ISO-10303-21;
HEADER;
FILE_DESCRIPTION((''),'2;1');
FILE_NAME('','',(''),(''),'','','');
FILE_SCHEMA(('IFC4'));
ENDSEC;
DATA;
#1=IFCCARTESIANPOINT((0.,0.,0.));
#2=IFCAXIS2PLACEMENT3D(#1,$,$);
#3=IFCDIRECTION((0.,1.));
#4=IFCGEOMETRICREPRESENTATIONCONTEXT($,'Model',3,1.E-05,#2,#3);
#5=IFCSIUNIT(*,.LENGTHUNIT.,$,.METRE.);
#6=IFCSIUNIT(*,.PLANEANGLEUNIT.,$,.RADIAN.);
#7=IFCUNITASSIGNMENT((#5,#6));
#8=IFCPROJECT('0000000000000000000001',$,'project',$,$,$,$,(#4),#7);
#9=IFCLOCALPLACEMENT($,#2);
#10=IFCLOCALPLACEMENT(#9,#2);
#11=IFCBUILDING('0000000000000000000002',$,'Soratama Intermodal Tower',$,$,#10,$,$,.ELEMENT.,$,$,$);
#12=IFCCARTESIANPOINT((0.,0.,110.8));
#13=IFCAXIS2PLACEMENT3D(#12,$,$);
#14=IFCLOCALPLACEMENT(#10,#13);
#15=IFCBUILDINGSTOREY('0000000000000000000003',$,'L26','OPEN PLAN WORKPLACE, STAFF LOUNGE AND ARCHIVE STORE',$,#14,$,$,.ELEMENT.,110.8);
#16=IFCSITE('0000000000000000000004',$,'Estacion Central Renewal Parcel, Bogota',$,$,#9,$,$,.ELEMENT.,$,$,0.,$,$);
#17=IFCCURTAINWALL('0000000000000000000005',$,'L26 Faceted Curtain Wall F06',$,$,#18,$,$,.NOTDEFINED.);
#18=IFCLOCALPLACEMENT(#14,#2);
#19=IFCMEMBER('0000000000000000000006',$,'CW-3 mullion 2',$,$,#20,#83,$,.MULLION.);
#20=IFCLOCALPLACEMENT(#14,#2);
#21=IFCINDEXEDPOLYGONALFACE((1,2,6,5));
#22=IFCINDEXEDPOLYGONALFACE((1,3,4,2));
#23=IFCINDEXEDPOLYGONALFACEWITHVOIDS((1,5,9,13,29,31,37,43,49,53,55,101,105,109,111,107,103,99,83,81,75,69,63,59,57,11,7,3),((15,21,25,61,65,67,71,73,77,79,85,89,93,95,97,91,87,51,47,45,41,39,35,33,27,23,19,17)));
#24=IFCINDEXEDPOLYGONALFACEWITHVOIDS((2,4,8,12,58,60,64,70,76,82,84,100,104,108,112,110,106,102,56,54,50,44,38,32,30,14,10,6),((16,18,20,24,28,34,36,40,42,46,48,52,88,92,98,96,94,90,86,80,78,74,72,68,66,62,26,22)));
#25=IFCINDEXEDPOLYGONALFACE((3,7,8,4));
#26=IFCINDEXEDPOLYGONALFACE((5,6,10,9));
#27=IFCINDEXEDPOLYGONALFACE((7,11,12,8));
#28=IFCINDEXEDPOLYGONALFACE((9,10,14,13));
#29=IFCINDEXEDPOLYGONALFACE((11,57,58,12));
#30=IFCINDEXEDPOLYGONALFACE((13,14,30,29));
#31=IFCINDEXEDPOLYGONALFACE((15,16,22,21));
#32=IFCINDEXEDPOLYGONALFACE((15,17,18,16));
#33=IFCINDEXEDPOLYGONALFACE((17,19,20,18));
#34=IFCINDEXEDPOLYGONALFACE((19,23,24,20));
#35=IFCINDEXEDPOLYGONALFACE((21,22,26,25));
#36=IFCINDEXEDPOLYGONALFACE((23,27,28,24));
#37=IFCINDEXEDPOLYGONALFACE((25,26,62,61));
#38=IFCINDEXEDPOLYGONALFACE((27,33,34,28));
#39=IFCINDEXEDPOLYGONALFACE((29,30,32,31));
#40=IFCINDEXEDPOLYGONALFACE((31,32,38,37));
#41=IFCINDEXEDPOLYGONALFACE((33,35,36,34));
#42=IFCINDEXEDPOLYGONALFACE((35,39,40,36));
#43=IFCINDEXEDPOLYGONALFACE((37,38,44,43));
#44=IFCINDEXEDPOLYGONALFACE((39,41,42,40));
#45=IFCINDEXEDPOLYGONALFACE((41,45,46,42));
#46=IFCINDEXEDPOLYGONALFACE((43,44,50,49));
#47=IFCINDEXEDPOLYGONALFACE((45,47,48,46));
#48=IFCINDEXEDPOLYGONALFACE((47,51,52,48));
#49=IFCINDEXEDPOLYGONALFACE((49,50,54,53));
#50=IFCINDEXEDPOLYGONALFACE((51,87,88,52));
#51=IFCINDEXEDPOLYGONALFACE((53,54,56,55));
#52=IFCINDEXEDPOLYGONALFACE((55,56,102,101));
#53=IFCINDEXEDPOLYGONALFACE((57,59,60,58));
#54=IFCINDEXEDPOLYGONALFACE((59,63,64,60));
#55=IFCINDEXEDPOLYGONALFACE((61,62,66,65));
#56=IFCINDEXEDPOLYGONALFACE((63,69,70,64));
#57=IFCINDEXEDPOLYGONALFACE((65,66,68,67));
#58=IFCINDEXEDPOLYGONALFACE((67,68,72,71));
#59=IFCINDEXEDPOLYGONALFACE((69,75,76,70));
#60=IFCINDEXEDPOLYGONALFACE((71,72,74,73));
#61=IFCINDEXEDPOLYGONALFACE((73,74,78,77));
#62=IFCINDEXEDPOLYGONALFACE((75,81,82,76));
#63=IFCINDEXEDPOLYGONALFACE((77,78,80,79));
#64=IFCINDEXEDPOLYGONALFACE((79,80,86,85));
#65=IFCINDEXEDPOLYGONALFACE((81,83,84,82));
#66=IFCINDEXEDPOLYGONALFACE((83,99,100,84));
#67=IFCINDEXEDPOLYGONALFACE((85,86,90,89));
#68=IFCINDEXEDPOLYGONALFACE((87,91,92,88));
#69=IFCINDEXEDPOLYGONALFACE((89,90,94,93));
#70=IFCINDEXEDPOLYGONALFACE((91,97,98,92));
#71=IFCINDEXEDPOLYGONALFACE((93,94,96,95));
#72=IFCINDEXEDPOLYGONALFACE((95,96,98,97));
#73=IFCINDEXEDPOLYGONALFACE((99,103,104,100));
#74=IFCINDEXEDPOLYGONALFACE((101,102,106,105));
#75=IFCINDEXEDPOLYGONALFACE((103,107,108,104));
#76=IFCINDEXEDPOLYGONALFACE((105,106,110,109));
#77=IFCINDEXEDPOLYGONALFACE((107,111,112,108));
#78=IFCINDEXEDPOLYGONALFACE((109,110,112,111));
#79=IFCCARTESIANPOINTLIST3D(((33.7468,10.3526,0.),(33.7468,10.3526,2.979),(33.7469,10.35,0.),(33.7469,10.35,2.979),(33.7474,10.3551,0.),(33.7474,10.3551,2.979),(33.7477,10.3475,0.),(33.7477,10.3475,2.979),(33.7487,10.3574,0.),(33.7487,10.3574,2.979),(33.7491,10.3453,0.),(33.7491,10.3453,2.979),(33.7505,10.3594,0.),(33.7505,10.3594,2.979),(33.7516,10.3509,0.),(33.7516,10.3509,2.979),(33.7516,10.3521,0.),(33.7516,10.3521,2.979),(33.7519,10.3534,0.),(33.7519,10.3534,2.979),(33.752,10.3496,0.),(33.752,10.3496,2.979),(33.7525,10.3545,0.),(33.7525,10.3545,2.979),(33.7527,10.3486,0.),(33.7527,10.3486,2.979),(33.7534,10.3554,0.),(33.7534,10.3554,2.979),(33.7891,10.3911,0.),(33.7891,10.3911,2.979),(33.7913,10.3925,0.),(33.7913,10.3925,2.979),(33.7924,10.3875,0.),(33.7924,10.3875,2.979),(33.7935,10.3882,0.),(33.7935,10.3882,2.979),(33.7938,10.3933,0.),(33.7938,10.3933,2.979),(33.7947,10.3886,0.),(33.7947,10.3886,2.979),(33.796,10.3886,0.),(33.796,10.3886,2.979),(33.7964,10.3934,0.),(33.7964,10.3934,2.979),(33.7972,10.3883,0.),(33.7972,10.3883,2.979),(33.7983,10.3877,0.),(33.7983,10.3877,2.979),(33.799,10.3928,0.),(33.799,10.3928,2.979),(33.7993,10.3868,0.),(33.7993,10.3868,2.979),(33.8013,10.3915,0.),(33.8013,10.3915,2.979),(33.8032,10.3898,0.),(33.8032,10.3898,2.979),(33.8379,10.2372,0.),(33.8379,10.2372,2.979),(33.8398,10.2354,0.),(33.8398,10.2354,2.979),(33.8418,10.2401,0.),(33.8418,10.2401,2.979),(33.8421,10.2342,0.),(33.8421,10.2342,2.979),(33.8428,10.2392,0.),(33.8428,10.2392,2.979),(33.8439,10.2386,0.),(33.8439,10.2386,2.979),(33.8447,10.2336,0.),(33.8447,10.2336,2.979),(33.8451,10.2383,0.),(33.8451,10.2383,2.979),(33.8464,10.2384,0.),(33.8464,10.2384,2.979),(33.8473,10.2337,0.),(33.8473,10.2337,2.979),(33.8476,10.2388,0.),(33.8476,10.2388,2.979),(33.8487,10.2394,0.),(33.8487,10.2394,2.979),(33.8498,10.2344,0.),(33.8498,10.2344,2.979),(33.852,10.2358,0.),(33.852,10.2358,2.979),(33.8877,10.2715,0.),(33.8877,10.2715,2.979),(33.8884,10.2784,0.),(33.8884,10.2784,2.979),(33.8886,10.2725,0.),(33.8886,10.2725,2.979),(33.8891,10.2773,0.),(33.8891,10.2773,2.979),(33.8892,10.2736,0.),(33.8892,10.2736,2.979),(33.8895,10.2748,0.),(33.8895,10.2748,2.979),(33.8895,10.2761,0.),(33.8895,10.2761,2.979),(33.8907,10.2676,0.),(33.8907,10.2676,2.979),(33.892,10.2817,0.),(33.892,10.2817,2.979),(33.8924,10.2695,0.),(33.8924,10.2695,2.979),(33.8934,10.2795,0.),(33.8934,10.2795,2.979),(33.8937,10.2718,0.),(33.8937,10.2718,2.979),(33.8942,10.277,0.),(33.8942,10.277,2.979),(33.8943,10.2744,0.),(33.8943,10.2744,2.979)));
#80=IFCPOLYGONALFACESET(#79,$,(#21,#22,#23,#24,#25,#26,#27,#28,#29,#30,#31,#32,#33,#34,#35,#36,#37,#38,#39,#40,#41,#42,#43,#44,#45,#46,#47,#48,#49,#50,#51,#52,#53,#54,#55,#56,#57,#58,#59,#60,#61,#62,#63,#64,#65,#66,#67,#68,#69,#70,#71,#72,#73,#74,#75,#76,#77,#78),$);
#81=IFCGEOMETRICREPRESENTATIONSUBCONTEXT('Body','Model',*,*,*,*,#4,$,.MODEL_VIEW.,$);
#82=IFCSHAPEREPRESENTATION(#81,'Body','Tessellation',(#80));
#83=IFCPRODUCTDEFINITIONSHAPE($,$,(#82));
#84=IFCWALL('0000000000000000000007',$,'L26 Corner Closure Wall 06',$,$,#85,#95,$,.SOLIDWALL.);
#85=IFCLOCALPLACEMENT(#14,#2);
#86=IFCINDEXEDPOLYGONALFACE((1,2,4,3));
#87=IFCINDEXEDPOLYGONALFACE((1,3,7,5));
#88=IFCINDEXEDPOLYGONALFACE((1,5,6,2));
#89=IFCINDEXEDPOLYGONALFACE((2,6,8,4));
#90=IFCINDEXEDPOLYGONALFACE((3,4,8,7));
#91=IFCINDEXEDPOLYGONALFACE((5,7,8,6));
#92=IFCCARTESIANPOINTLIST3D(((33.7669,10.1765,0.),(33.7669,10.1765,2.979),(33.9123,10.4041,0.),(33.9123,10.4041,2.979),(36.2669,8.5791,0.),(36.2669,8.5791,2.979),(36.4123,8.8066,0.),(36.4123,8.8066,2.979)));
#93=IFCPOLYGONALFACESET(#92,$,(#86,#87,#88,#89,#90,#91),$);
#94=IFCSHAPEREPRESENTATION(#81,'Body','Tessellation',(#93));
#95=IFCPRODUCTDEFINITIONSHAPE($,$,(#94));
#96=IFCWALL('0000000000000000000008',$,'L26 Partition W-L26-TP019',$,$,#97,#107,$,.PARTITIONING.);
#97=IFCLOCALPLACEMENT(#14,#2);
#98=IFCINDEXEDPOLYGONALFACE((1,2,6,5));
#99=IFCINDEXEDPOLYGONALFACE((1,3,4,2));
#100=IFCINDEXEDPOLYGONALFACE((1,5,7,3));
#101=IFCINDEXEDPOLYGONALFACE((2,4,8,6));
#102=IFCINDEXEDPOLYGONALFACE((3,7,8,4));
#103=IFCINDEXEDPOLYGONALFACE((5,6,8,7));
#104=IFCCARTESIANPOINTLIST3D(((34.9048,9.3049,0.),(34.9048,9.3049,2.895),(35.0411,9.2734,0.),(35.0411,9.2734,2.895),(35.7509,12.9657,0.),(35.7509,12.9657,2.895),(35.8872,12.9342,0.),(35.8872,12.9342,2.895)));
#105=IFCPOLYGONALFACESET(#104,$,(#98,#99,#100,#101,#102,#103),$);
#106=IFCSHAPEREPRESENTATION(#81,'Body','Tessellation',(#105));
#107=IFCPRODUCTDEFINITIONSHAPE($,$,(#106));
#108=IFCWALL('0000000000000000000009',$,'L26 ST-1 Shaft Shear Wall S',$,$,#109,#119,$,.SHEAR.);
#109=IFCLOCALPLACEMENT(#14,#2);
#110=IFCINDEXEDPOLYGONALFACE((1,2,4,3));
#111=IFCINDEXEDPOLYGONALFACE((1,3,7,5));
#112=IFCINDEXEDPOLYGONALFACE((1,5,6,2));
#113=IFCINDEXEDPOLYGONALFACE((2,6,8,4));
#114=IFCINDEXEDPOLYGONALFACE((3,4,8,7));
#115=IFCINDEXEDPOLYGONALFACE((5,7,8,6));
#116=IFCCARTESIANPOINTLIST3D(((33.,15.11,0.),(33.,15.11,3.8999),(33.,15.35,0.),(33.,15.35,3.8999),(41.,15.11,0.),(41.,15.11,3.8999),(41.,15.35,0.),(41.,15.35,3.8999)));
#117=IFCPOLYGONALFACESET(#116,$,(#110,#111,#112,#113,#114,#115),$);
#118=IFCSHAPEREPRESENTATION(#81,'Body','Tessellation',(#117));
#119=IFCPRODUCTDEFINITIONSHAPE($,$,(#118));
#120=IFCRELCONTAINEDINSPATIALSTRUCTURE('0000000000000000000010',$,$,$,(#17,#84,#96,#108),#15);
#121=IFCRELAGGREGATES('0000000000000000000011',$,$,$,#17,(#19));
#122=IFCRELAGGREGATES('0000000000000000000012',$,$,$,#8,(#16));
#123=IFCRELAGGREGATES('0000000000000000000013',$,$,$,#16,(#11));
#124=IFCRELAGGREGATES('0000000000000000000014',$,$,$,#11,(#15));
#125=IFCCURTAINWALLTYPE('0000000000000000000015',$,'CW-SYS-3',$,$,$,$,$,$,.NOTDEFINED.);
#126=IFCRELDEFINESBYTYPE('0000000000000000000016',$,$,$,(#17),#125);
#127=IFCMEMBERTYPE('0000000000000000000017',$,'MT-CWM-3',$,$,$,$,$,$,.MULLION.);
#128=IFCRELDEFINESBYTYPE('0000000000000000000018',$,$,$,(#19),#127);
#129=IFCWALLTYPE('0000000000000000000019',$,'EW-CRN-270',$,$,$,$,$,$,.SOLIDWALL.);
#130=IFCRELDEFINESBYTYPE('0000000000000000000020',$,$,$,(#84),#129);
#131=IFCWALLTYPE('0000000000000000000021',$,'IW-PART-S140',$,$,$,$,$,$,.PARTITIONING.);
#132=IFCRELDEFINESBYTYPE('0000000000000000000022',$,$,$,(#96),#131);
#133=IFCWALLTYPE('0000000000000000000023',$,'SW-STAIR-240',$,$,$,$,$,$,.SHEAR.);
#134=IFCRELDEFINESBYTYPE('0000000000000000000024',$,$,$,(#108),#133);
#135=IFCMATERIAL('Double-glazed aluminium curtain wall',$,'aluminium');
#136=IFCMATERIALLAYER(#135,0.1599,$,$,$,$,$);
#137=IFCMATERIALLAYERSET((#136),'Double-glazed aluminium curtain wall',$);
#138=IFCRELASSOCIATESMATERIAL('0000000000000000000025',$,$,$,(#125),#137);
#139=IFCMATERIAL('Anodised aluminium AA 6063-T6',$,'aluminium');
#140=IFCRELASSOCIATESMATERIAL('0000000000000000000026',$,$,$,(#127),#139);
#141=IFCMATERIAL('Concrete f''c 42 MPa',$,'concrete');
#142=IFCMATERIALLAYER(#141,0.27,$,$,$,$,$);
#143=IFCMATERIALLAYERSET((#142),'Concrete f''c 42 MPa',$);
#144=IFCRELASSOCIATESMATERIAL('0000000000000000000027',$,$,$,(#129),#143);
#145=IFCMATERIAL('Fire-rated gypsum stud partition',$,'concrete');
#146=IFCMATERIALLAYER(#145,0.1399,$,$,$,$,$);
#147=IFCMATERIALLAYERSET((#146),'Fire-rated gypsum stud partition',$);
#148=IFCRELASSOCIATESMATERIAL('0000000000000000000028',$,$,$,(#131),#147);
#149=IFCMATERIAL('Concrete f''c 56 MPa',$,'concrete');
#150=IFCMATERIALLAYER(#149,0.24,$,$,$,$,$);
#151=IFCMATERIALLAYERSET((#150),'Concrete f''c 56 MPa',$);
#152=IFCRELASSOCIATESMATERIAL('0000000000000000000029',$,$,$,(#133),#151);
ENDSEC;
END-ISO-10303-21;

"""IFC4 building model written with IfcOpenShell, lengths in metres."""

from ifc_helpers import new_model, si_unit, direction, frame, frame_2d, origin, origin_2d, place, context, subcontext, project, spatial, rectangle, hollow_rectangle, extrude, material, layer, layer_set, material_profile, profile_set, type_object, element, aggregate, save


model = new_model("IFC4")

# Units and contexts
model_context = context("Model", 3, precision=1e-05, world=origin(), true_north=direction((0.0, 1.0)))
body_context = subcontext(model_context, "Body", "Model", "MODEL_VIEW")
ifc_project = project(units=[si_unit("LENGTHUNIT", "METRE"), si_unit("PLANEANGLEUNIT", "RADIAN")], contexts=[model_context])

# Site, building, storey
site_placement = place(None, origin())
site = spatial("IfcSite", under=ifc_project, at=site_placement, Name="Estacion Central Renewal Parcel, Bogota", CompositionType="ELEMENT", RefElevation=0.0)
building_placement = place(site_placement, origin())
building = spatial("IfcBuilding", under=site, at=building_placement, Name="Soratama Intermodal Tower", CompositionType="ELEMENT")
storey_placement = place(building_placement, frame((0.0, 0.0, 110.8)))
storey = spatial("IfcBuildingStorey", under=building, at=storey_placement, Name="L26", Description="OPEN PLAN WORKPLACE, STAFF LOUNGE AND ARCHIVE STORE", CompositionType="ELEMENT", Elevation=110.8)

# Curtain wall, member
ifc_material_1 = material(Name="Double-glazed aluminium curtain wall", Category="aluminium")
ifc_layer_1 = layer(ifc_material_1, 0.1599)
ifc_layer_set_1 = layer_set([ifc_layer_1], Name="Double-glazed aluminium curtain wall")
curtain_wall_type = type_object("IfcCurtainWallType", Name="CW-SYS-3", PredefinedType="NOTDEFINED", material=ifc_layer_set_1)
curtain_wall_placement = place(storey_placement, origin())
curtain_wall = element("IfcCurtainWall", 1, at=curtain_wall_placement, inside=storey, type_object=curtain_wall_type, Name="L26 Faceted Curtain Wall F06", PredefinedType="NOTDEFINED")
ifc_material_2 = material(Name="Anodised aluminium AA 6063-T6", Category="aluminium")
ifc_material_profile_1 = material_profile(ifc_material_2, hollow_rectangle(XDim=0.0701, YDim=0.1599, WallThickness=0.0049, InnerFilletRadius=0.0049, OuterFilletRadius=0.01, at=origin_2d()), Name="CWM160X70X5")
ifc_profile_set_1 = profile_set([ifc_material_profile_1], Name="Anodised aluminium AA 6063-T6")
member_type = type_object("IfcMemberType", Name="MT-CWM-3", PredefinedType="MULLION", material=ifc_profile_set_1)
member_placement = place(storey_placement, frame((33.8206, 10.3135, 0.0), z_axis=(0.0, 0.0, 1.0), x_axis=(0.772513, 0.634998, 0.0)))
member = element("IfcMember", 2, at=member_placement, type_object=member_type, Name="CW-3 mullion 2", PredefinedType="MULLION", context=body_context, shape_type="SweptSolid", body=[
    extrude(hollow_rectangle(XDim=0.0701, YDim=0.1599, WallThickness=0.0049, InnerFilletRadius=0.0049, OuterFilletRadius=0.01, at=origin_2d()), origin(), (0.0, 0.0, 1.0), 2.979),
])
aggregate(curtain_wall, [member])

# Wall
ifc_material_3 = material(Name="Concrete f'c 42 MPa", Category="concrete")
ifc_layer_2 = layer(ifc_material_3, 0.27)
ifc_layer_set_2 = layer_set([ifc_layer_2], Name="Concrete f'c 42 MPa")
wall_type_1 = type_object("IfcWallType", Name="EW-CRN-270", PredefinedType="SOLIDWALL", material=ifc_layer_set_2)
wall_1_placement = place(storey_placement, frame((33.8396, 10.2903, 0.0), z_axis=(0.0, 0.0, 1.0), x_axis=(0.842667, -0.538435, 0.0)))
element("IfcWall", 3, at=wall_1_placement, inside=storey, type_object=wall_type_1, Name="L26 Corner Closure Wall 06", PredefinedType="SOLIDWALL", context=body_context, shape_type="SweptSolid", body=[
    extrude(rectangle(XDim=2.9668, YDim=0.27, at=frame_2d((1.4834, 0.0))), origin(), (0.0, 0.0, 1.0), 2.979),
])

# Walls
ifc_material_4 = material(Name="Fire-rated gypsum stud partition", Category="concrete")
ifc_layer_3 = layer(ifc_material_4, 0.1399)
ifc_layer_set_3 = layer_set([ifc_layer_3], Name="Fire-rated gypsum stud partition")
wall_type_2 = type_object("IfcWallType", Name="IW-PART-S140", PredefinedType="PARTITIONING", material=ifc_layer_set_3)
wall_2_placement = place(storey_placement, frame((35.8191, 12.95, 0.0), z_axis=(0.0, 0.0, 1.0), x_axis=(-0.225206, -0.974311, 0.0)))
element("IfcWall", 4, at=wall_2_placement, inside=storey, type_object=wall_type_2, Name="L26 Partition W-L26-TP019", PredefinedType="PARTITIONING", context=body_context, shape_type="SweptSolid", body=[
    extrude(rectangle(XDim=3.7573, YDim=0.1399, at=frame_2d((1.8787, 0.0))), origin(), (0.0, 0.0, 1.0), 2.895),
])
ifc_material_5 = material(Name="Concrete f'c 56 MPa", Category="concrete")
ifc_layer_4 = layer(ifc_material_5, 0.24)
ifc_layer_set_4 = layer_set([ifc_layer_4], Name="Concrete f'c 56 MPa")
wall_type_3 = type_object("IfcWallType", Name="SW-STAIR-240", PredefinedType="SHEAR", material=ifc_layer_set_4)
wall_3_placement = place(storey_placement, frame((33.0, 15.23, 0.0), z_axis=(0.0, 0.0, 1.0), x_axis=(1.0, 0.0, 0.0)))
element("IfcWall", 5, at=wall_3_placement, inside=storey, type_object=wall_type_3, Name="L26 ST-1 Shaft Shear Wall S", PredefinedType="SHEAR", context=body_context, shape_type="SweptSolid", body=[
    extrude(rectangle(XDim=8.0, YDim=0.24, at=frame_2d((4.0, 0.0))), origin(), (0.0, 0.0, 1.0), 3.8999),
])

save(model, "model.ifc")
